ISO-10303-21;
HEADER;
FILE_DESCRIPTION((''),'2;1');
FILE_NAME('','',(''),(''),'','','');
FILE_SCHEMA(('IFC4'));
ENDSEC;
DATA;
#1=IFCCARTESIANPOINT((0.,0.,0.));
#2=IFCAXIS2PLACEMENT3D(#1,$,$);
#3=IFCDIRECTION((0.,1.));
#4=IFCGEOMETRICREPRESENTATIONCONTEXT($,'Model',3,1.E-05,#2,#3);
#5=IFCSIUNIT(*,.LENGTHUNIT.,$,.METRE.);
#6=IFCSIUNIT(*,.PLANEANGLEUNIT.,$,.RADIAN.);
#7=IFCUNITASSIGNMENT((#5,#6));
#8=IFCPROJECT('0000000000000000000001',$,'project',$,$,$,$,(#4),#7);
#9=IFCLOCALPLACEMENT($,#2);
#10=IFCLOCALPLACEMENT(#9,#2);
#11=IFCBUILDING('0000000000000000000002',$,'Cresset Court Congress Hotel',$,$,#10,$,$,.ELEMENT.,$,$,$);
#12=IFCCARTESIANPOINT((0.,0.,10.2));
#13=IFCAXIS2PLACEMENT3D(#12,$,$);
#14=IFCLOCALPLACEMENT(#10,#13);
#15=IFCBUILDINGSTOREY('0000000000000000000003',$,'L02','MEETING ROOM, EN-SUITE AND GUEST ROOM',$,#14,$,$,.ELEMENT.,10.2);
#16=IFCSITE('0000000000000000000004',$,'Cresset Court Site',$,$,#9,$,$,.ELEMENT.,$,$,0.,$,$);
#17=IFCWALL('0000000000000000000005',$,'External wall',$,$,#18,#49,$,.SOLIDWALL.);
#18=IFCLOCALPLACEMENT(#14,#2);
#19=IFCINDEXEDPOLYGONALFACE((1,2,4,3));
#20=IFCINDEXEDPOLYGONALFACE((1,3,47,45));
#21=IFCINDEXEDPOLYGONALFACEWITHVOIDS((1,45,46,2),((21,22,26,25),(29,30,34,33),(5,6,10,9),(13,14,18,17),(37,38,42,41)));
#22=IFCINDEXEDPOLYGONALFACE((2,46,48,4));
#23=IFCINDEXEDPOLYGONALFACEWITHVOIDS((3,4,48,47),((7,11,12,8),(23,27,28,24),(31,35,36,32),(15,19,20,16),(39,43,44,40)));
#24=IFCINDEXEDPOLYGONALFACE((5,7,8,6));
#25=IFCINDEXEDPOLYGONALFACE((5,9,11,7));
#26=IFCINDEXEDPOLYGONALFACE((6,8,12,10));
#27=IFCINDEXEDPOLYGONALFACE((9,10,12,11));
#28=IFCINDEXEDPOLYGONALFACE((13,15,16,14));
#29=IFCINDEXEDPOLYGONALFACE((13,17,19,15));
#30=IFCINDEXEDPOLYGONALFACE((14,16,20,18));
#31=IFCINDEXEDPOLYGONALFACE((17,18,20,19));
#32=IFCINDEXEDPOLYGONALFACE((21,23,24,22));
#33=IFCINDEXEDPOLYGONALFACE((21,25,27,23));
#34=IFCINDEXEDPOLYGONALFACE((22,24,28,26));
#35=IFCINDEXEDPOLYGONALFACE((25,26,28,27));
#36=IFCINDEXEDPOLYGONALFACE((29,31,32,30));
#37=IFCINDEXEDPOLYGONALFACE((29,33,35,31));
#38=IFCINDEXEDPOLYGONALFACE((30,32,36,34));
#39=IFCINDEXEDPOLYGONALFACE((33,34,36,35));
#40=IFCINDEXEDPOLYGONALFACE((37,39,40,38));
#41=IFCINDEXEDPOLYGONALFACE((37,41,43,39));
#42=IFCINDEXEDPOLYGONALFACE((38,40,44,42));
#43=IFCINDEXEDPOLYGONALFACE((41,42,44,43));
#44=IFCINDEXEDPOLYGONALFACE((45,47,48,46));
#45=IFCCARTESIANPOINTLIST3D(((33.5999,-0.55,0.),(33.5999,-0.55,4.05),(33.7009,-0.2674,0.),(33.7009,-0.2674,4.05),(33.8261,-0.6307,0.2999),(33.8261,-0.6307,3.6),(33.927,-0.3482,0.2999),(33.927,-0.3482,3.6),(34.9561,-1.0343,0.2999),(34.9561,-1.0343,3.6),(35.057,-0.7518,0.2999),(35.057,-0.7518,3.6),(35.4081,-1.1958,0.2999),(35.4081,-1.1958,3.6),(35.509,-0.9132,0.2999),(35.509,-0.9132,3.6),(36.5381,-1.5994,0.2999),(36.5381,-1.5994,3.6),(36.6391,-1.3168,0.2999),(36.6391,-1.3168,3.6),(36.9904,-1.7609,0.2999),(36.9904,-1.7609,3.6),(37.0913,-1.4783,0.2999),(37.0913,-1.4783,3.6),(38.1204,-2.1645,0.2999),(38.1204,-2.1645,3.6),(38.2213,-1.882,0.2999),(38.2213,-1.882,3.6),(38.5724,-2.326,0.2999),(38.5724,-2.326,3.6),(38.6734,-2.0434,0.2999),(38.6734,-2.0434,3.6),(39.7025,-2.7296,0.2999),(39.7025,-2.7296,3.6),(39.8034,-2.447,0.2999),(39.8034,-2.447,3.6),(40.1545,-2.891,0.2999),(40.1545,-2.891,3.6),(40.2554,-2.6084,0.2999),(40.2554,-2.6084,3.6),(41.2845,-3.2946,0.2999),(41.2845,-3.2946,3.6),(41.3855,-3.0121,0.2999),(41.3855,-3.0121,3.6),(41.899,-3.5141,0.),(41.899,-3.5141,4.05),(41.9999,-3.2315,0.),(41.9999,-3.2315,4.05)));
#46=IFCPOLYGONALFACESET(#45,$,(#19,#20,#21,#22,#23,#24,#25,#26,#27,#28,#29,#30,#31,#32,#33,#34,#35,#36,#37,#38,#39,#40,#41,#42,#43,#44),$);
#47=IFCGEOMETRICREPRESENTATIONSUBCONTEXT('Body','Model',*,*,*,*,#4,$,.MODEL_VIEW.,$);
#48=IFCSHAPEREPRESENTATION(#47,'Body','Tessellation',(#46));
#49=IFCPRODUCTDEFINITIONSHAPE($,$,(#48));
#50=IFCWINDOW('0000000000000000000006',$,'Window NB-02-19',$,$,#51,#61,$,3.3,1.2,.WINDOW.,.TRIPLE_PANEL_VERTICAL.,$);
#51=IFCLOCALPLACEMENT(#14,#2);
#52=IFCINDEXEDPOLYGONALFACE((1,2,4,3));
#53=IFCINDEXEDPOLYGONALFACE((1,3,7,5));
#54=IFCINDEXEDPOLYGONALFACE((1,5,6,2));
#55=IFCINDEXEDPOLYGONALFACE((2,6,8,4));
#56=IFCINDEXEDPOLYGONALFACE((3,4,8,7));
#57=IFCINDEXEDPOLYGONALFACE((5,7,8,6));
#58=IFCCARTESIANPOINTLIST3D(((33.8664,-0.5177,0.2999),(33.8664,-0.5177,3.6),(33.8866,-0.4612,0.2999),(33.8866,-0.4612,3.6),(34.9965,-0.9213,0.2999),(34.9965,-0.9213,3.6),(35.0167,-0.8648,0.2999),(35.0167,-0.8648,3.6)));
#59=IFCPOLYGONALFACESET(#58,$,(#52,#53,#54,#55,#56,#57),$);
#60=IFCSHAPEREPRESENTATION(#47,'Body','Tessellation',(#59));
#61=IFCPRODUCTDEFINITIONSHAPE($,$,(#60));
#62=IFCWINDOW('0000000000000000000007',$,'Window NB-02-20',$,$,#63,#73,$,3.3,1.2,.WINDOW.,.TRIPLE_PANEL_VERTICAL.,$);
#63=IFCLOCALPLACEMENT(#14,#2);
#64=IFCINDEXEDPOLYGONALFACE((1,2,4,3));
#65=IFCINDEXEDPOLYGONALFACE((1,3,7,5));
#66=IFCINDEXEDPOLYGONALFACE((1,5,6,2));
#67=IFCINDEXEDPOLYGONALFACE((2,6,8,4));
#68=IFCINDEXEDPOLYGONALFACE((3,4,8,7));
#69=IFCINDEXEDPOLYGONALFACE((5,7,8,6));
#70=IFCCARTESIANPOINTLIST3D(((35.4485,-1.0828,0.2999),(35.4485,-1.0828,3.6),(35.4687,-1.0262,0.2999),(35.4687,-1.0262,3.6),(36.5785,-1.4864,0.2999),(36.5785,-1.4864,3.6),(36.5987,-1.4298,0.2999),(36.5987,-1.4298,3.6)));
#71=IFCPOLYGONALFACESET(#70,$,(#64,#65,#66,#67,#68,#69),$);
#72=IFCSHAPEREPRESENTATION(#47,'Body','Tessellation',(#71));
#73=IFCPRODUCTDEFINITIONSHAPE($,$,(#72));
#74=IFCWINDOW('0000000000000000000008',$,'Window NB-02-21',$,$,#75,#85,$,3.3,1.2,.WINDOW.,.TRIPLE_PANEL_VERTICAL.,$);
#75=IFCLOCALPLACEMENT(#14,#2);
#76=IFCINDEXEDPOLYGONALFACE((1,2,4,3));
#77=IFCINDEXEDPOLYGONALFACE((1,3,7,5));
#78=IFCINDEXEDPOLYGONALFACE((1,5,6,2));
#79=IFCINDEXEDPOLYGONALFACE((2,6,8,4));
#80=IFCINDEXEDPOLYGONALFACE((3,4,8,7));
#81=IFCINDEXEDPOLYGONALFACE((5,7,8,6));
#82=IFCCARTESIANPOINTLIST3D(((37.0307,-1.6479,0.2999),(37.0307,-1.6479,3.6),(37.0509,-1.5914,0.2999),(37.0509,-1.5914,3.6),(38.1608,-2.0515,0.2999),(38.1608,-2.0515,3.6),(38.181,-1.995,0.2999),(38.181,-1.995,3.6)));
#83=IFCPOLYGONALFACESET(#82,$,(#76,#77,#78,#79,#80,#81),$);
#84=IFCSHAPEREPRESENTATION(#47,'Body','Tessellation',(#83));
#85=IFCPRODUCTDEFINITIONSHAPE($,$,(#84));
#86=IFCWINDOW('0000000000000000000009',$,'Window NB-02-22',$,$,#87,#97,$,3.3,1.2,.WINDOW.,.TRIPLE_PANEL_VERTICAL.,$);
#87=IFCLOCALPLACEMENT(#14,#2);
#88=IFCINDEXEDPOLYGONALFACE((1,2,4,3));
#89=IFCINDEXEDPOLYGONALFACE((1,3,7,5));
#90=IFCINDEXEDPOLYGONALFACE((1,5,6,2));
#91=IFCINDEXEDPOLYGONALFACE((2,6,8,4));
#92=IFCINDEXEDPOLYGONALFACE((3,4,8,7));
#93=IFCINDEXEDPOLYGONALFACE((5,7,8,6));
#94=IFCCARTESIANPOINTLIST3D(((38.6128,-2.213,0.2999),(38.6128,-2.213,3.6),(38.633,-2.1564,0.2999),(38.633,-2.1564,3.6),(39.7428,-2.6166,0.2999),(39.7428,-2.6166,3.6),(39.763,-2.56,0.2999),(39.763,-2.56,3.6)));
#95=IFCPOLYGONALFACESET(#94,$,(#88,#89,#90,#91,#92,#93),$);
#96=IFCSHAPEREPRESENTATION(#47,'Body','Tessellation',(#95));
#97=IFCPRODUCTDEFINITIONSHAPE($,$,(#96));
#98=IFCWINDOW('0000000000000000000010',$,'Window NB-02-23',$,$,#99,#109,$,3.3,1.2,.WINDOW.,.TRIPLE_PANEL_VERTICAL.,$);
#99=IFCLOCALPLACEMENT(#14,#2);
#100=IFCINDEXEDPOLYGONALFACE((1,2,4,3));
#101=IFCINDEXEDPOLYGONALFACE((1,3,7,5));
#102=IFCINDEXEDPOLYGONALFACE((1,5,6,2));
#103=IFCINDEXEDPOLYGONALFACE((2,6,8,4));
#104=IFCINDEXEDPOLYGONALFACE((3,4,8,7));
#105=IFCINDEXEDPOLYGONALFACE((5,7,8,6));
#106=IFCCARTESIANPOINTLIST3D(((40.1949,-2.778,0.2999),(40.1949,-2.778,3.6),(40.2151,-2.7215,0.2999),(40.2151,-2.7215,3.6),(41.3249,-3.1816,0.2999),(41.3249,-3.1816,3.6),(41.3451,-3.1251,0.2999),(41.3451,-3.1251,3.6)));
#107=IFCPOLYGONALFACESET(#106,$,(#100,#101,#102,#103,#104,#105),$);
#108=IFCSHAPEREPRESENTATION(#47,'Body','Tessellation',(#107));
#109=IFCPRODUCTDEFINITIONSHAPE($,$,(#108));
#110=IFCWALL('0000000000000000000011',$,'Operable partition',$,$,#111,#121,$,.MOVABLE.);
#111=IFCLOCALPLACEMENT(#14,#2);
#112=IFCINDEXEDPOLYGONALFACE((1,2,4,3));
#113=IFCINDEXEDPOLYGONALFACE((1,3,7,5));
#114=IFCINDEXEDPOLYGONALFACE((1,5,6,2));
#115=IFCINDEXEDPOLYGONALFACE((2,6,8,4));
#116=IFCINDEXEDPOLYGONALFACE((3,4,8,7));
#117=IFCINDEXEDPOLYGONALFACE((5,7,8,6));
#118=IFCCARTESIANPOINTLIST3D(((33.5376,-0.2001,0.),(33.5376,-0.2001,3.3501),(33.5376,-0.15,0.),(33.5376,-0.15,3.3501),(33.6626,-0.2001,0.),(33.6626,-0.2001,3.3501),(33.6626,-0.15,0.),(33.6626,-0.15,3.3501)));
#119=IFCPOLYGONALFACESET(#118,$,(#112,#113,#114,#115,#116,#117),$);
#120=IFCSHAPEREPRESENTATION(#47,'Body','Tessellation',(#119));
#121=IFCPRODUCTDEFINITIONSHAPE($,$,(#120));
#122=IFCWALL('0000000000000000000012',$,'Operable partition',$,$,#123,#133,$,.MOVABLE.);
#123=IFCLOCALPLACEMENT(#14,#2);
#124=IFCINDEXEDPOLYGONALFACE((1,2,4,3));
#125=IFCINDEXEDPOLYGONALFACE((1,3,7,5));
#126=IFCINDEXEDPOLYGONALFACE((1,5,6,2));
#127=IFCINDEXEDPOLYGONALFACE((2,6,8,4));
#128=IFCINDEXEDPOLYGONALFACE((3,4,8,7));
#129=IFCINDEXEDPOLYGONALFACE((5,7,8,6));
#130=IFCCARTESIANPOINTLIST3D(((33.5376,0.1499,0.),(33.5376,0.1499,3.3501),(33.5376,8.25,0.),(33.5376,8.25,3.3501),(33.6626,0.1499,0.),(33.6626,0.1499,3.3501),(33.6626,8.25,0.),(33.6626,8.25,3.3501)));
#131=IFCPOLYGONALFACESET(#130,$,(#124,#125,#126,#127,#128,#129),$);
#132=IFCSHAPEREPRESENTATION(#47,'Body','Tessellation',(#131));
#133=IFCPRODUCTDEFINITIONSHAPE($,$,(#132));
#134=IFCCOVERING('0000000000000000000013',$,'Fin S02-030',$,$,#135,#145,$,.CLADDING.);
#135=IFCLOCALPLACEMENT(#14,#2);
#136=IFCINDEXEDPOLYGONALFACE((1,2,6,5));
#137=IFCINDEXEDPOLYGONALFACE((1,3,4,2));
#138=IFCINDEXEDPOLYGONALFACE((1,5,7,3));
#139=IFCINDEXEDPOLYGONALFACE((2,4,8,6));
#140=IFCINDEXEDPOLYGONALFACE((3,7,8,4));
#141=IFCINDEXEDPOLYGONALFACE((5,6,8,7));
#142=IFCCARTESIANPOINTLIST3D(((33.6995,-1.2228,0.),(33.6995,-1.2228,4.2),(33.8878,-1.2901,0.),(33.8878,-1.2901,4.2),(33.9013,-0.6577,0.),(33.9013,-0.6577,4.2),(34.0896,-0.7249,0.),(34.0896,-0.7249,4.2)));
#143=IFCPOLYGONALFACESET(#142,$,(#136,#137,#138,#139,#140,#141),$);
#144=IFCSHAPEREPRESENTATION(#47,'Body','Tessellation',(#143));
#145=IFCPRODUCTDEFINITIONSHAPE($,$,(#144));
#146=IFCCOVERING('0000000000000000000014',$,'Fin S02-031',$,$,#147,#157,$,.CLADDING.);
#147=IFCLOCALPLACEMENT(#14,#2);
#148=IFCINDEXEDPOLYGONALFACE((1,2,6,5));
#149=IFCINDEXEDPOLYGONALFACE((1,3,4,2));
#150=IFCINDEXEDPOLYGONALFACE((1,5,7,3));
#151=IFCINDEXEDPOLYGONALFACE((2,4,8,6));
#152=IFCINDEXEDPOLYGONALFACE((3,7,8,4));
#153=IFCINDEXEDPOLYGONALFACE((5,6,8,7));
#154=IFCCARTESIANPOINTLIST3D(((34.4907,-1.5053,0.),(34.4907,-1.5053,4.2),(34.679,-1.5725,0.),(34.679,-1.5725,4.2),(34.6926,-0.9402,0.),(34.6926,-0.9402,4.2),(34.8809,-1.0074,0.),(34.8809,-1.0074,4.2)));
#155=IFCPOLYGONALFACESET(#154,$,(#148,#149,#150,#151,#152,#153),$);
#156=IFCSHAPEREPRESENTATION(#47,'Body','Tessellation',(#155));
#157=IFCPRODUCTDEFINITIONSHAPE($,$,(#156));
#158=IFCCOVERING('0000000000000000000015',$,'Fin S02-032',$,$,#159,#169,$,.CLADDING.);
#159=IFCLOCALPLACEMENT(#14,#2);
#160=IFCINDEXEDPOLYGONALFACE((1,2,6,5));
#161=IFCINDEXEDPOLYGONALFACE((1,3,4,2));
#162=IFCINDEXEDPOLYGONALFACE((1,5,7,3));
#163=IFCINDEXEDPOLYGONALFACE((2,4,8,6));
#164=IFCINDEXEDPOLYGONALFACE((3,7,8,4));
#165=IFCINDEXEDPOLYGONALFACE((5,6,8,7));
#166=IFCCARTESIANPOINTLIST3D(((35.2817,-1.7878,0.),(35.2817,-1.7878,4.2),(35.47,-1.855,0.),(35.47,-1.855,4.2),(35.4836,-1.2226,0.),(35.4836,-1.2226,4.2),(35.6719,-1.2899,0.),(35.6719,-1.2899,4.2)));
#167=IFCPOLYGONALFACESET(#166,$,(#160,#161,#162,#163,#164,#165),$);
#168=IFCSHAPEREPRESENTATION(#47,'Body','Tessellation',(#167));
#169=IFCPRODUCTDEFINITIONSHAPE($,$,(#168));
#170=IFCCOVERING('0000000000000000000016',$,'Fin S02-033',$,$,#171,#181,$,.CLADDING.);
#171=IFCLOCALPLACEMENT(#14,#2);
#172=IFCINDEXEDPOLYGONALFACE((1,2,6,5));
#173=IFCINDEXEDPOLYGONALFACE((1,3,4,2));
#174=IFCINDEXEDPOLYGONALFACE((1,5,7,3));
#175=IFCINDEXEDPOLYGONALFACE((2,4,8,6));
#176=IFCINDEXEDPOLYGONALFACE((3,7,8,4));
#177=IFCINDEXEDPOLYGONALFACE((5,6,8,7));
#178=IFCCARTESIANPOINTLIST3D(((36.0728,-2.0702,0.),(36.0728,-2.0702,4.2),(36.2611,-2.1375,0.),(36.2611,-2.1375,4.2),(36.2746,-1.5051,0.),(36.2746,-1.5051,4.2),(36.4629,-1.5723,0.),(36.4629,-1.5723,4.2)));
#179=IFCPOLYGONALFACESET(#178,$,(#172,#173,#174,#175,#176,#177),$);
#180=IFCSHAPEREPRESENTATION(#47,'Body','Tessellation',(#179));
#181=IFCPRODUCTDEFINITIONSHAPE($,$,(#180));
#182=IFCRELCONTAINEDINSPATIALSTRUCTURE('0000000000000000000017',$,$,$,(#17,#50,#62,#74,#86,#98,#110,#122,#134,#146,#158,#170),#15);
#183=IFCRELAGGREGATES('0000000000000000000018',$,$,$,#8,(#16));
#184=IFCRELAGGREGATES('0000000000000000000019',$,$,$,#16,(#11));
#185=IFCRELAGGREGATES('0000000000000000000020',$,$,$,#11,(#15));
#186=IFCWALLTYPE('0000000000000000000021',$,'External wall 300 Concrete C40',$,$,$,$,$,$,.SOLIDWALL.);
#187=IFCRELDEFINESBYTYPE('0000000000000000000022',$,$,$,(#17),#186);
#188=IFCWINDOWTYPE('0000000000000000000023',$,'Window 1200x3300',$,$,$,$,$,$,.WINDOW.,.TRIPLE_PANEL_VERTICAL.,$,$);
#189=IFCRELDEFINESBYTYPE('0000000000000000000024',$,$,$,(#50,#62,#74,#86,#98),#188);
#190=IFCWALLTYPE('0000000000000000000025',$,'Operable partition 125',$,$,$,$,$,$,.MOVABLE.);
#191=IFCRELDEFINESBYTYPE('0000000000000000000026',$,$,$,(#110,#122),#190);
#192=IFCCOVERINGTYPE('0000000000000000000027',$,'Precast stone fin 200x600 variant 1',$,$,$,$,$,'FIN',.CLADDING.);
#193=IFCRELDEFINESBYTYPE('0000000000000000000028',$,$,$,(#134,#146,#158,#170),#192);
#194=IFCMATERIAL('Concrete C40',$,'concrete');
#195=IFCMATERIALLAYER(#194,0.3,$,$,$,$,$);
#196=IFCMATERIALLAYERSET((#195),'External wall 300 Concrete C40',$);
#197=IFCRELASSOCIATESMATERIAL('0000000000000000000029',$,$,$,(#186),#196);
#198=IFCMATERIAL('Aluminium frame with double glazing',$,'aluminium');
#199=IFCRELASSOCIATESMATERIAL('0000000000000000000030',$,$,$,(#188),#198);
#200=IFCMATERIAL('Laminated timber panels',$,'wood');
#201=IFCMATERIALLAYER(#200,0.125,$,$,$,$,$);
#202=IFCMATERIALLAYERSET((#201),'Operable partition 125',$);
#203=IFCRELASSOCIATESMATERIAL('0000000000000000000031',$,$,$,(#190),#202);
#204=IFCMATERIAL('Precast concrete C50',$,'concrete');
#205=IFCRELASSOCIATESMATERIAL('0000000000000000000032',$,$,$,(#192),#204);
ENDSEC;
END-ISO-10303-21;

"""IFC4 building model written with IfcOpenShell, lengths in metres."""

from ifc_helpers import new_model, si_unit, direction, frame, frame_2d, origin, origin_2d, place, context, subcontext, project, spatial, rectangle, extrude, material, layer, layer_set, type_object, element, fill, save


model = new_model("IFC4")

# Units and contexts
model_context = context("Model", 3, precision=1e-05, world=origin(), true_north=direction((0.0, 1.0)))
body_context = subcontext(model_context, "Body", "Model", "MODEL_VIEW")
ifc_project = project(units=[si_unit("LENGTHUNIT", "METRE"), si_unit("PLANEANGLEUNIT", "RADIAN")], contexts=[model_context])

# Site, building, storey
site_placement = place(None, origin())
site = spatial("IfcSite", under=ifc_project, at=site_placement, Name="Cresset Court Site", CompositionType="ELEMENT", RefElevation=0.0)
building_placement = place(site_placement, origin())
building = spatial("IfcBuilding", under=site, at=building_placement, Name="Cresset Court Congress Hotel", CompositionType="ELEMENT")
storey_placement = place(building_placement, frame((0.0, 0.0, 10.2)))
storey = spatial("IfcBuildingStorey", under=building, at=storey_placement, Name="L02", Description="MEETING ROOM, EN-SUITE AND GUEST ROOM", CompositionType="ELEMENT", Elevation=10.2)

# Shared definitions
ifc_material_1 = material(Name="Concrete C40", Category="concrete")
ifc_layer_1 = layer(ifc_material_1, 0.3)
ifc_layer_set_1 = layer_set([ifc_layer_1], Name="External wall 300 Concrete C40")
wall_type_1 = type_object("IfcWallType", Name="External wall 300 Concrete C40", PredefinedType="SOLIDWALL", material=ifc_layer_set_1)

# Wall, openings, windows
wall_1_placement = place(storey_placement, frame((33.6504, -0.4087, 0.0), z_axis=(0.0, 0.0, 1.0), x_axis=(0.941736, -0.336352, 0.0)))
wall_1 = element("IfcWall", 1, at=wall_1_placement, inside=storey, type_object=wall_type_1, Name="External wall", PredefinedType="SOLIDWALL", context=body_context, shape_type="SweptSolid", body=[
    extrude(rectangle(XDim=8.8125, YDim=0.3, at=frame_2d((4.4062, 0.0))), origin(), (0.0, 0.0, 1.0), 4.05),
])
opening_1_placement = place(wall_1_placement, frame((0.24, 0.0, 0.3)))
opening_1 = element("IfcOpeningElement", 2, at=opening_1_placement, cuts=wall_1, PredefinedType="OPENING", context=body_context, shape_type="SweptSolid", body=[
    extrude(rectangle(XDim=1.2, YDim=3.3, at=frame_2d((0.6001, 1.6499))), frame((0.0, 0.1599, 0.0), z_axis=(0.0, -1.0, 0.0), x_axis=(1.0, 0.0, 0.0)), (0.0, 0.0, 1.0), 0.3201),
])
opening_2_placement = place(wall_1_placement, frame((1.9199, 0.0, 0.3)))
opening_2 = element("IfcOpeningElement", 3, at=opening_2_placement, cuts=wall_1, PredefinedType="OPENING", context=body_context, shape_type="SweptSolid", body=[
    extrude(rectangle(XDim=1.2, YDim=3.3, at=frame_2d((0.6001, 1.6499))), frame((0.0, 0.1599, 0.0), z_axis=(0.0, -1.0, 0.0), x_axis=(1.0, 0.0, 0.0)), (0.0, 0.0, 1.0), 0.3201),
])
opening_3_placement = place(wall_1_placement, frame((3.6001, 0.0, 0.3)))
opening_3 = element("IfcOpeningElement", 4, at=opening_3_placement, cuts=wall_1, PredefinedType="OPENING", context=body_context, shape_type="SweptSolid", body=[
    extrude(rectangle(XDim=1.2, YDim=3.3, at=frame_2d((0.6001, 1.6499))), frame((0.0, 0.1599, 0.0), z_axis=(0.0, -1.0, 0.0), x_axis=(1.0, 0.0, 0.0)), (0.0, 0.0, 1.0), 0.3201),
])
opening_4_placement = place(wall_1_placement, frame((5.28, 0.0, 0.3)))
opening_4 = element("IfcOpeningElement", 5, at=opening_4_placement, cuts=wall_1, PredefinedType="OPENING", context=body_context, shape_type="SweptSolid", body=[
    extrude(rectangle(XDim=1.2, YDim=3.3, at=frame_2d((0.6001, 1.6499))), frame((0.0, 0.1599, 0.0), z_axis=(0.0, -1.0, 0.0), x_axis=(1.0, 0.0, 0.0)), (0.0, 0.0, 1.0), 0.3201),
])
opening_5_placement = place(wall_1_placement, frame((6.96, 0.0, 0.3)))
opening_5 = element("IfcOpeningElement", 6, at=opening_5_placement, cuts=wall_1, PredefinedType="OPENING", context=body_context, shape_type="SweptSolid", body=[
    extrude(rectangle(XDim=1.2, YDim=3.3, at=frame_2d((0.6001, 1.6499))), frame((0.0, 0.1599, 0.0), z_axis=(0.0, -1.0, 0.0), x_axis=(1.0, 0.0, 0.0)), (0.0, 0.0, 1.0), 0.3201),
])
ifc_material_2 = material(Name="Aluminium frame with double glazing", Category="aluminium")
window_type = type_object("IfcWindowType", Name="Window 1200x3300", PartitioningType="TRIPLE_PANEL_VERTICAL", PredefinedType="WINDOW", material=ifc_material_2)
window_1_placement = place(opening_1_placement, origin())
window_1 = element("IfcWindow", 7, at=window_1_placement, inside=storey, type_object=window_type, Name="Window NB-02-19", OverallHeight=3.3, OverallWidth=1.2, PartitioningType="TRIPLE_PANEL_VERTICAL", PredefinedType="WINDOW", context=body_context, shape_type="SweptSolid", body=[
    extrude(rectangle(XDim=1.2, YDim=3.3, at=frame_2d((0.6001, 1.6499))), frame((0.0, 0.03, 0.0), z_axis=(0.0, -1.0, 0.0), x_axis=(1.0, 0.0, 0.0)), (0.0, 0.0, 1.0), 0.0601),
])
fill(opening_1, window_1)
window_2_placement = place(opening_2_placement, origin())
window_2 = element("IfcWindow", 8, at=window_2_placement, inside=storey, type_object=window_type, Name="Window NB-02-20", OverallHeight=3.3, OverallWidth=1.2, PartitioningType="TRIPLE_PANEL_VERTICAL", PredefinedType="WINDOW", context=body_context, shape_type="SweptSolid", body=[
    extrude(rectangle(XDim=1.2, YDim=3.3, at=frame_2d((0.6001, 1.6499))), frame((0.0, 0.03, 0.0), z_axis=(0.0, -1.0, 0.0), x_axis=(1.0, 0.0, 0.0)), (0.0, 0.0, 1.0), 0.0601),
])
fill(opening_2, window_2)
window_3_placement = place(opening_3_placement, origin())
window_3 = element("IfcWindow", 9, at=window_3_placement, inside=storey, type_object=window_type, Name="Window NB-02-21", OverallHeight=3.3, OverallWidth=1.2, PartitioningType="TRIPLE_PANEL_VERTICAL", PredefinedType="WINDOW", context=body_context, shape_type="SweptSolid", body=[
    extrude(rectangle(XDim=1.2, YDim=3.3, at=frame_2d((0.6001, 1.6499))), frame((0.0, 0.03, 0.0), z_axis=(0.0, -1.0, 0.0), x_axis=(1.0, 0.0, 0.0)), (0.0, 0.0, 1.0), 0.0601),
])
fill(opening_3, window_3)
window_4_placement = place(opening_4_placement, origin())
window_4 = element("IfcWindow", 10, at=window_4_placement, inside=storey, type_object=window_type, Name="Window NB-02-22", OverallHeight=3.3, OverallWidth=1.2, PartitioningType="TRIPLE_PANEL_VERTICAL", PredefinedType="WINDOW", context=body_context, shape_type="SweptSolid", body=[
    extrude(rectangle(XDim=1.2, YDim=3.3, at=frame_2d((0.6001, 1.6499))), frame((0.0, 0.03, 0.0), z_axis=(0.0, -1.0, 0.0), x_axis=(1.0, 0.0, 0.0)), (0.0, 0.0, 1.0), 0.0601),
])
fill(opening_4, window_4)
window_5_placement = place(opening_5_placement, origin())
window_5 = element("IfcWindow", 11, at=window_5_placement, inside=storey, type_object=window_type, Name="Window NB-02-23", OverallHeight=3.3, OverallWidth=1.2, PartitioningType="TRIPLE_PANEL_VERTICAL", PredefinedType="WINDOW", context=body_context, shape_type="SweptSolid", body=[
    extrude(rectangle(XDim=1.2, YDim=3.3, at=frame_2d((0.6001, 1.6499))), frame((0.0, 0.03, 0.0), z_axis=(0.0, -1.0, 0.0), x_axis=(1.0, 0.0, 0.0)), (0.0, 0.0, 1.0), 0.0601),
])
fill(opening_5, window_5)

# Walls
ifc_material_3 = material(Name="Laminated timber panels", Category="wood")
ifc_layer_2 = layer(ifc_material_3, 0.125)
ifc_layer_set_2 = layer_set([ifc_layer_2], Name="Operable partition 125")
wall_type_2 = type_object("IfcWallType", Name="Operable partition 125", PredefinedType="MOVABLE", material=ifc_layer_set_2)
wall_2_placement = place(storey_placement, frame((33.6001, -0.2, 0.0), z_axis=(0.0, 0.0, 1.0), x_axis=(0.0, 1.0, 0.0)))
element("IfcWall", 12, at=wall_2_placement, inside=storey, type_object=wall_type_2, Name="Operable partition", PredefinedType="MOVABLE", context=body_context, shape_type="SweptSolid", body=[
    extrude(rectangle(XDim=0.05, YDim=0.125, at=frame_2d((0.0249, 0.0))), origin(), (0.0, 0.0, 1.0), 3.3501),
])
wall_3_placement = place(storey_placement, frame((33.6001, 0.1499, 0.0), z_axis=(0.0, 0.0, 1.0), x_axis=(0.0, 1.0, 0.0)))
element("IfcWall", 13, at=wall_3_placement, inside=storey, type_object=wall_type_2, Name="Operable partition", PredefinedType="MOVABLE", context=body_context, shape_type="SweptSolid", body=[
    extrude(rectangle(XDim=8.1001, YDim=0.125, at=frame_2d((4.05, 0.0))), origin(), (0.0, 0.0, 1.0), 3.3501),
])

# Coverings
ifc_material_4 = material(Name="Precast concrete C50", Category="concrete")
covering_type_1 = type_object("IfcCoveringType", Name="Precast stone fin 200x600 variant 1", ElementType="FIN", PredefinedType="CLADDING", material=ifc_material_4)
for number, where, z_axis, x_axis, name in (
    (14, (33.8945, -0.9739, 0.0), (0.0, 0.0, 1.0), (0.941742, -0.336336, 0.0), "Fin S02-030"),
    (15, (34.6858, -1.2563, 0.0), (0.0, 0.0, 1.0), (0.941742, -0.336336, 0.0), "Fin S02-031"),
    (16, (35.4768, -1.5388, 0.0), (0.0, 0.0, 1.0), (0.941742, -0.336336, 0.0), "Fin S02-032"),
    (17, (36.2678, -1.8213, 0.0), (0.0, 0.0, 1.0), (0.941742, -0.336336, 0.0), "Fin S02-033"),
):
    element("IfcCovering", number, at=place(storey_placement, frame(where, z_axis=z_axis, x_axis=x_axis)), inside=storey, type_object=covering_type_1, Name=name, PredefinedType="CLADDING", context=body_context, shape_type="SweptSolid", body=[
        extrude(rectangle(XDim=0.2, YDim=0.6001, at=origin_2d()), origin(), (0.0, 0.0, 1.0), 4.2),
    ])

save(model, "model.ifc")
